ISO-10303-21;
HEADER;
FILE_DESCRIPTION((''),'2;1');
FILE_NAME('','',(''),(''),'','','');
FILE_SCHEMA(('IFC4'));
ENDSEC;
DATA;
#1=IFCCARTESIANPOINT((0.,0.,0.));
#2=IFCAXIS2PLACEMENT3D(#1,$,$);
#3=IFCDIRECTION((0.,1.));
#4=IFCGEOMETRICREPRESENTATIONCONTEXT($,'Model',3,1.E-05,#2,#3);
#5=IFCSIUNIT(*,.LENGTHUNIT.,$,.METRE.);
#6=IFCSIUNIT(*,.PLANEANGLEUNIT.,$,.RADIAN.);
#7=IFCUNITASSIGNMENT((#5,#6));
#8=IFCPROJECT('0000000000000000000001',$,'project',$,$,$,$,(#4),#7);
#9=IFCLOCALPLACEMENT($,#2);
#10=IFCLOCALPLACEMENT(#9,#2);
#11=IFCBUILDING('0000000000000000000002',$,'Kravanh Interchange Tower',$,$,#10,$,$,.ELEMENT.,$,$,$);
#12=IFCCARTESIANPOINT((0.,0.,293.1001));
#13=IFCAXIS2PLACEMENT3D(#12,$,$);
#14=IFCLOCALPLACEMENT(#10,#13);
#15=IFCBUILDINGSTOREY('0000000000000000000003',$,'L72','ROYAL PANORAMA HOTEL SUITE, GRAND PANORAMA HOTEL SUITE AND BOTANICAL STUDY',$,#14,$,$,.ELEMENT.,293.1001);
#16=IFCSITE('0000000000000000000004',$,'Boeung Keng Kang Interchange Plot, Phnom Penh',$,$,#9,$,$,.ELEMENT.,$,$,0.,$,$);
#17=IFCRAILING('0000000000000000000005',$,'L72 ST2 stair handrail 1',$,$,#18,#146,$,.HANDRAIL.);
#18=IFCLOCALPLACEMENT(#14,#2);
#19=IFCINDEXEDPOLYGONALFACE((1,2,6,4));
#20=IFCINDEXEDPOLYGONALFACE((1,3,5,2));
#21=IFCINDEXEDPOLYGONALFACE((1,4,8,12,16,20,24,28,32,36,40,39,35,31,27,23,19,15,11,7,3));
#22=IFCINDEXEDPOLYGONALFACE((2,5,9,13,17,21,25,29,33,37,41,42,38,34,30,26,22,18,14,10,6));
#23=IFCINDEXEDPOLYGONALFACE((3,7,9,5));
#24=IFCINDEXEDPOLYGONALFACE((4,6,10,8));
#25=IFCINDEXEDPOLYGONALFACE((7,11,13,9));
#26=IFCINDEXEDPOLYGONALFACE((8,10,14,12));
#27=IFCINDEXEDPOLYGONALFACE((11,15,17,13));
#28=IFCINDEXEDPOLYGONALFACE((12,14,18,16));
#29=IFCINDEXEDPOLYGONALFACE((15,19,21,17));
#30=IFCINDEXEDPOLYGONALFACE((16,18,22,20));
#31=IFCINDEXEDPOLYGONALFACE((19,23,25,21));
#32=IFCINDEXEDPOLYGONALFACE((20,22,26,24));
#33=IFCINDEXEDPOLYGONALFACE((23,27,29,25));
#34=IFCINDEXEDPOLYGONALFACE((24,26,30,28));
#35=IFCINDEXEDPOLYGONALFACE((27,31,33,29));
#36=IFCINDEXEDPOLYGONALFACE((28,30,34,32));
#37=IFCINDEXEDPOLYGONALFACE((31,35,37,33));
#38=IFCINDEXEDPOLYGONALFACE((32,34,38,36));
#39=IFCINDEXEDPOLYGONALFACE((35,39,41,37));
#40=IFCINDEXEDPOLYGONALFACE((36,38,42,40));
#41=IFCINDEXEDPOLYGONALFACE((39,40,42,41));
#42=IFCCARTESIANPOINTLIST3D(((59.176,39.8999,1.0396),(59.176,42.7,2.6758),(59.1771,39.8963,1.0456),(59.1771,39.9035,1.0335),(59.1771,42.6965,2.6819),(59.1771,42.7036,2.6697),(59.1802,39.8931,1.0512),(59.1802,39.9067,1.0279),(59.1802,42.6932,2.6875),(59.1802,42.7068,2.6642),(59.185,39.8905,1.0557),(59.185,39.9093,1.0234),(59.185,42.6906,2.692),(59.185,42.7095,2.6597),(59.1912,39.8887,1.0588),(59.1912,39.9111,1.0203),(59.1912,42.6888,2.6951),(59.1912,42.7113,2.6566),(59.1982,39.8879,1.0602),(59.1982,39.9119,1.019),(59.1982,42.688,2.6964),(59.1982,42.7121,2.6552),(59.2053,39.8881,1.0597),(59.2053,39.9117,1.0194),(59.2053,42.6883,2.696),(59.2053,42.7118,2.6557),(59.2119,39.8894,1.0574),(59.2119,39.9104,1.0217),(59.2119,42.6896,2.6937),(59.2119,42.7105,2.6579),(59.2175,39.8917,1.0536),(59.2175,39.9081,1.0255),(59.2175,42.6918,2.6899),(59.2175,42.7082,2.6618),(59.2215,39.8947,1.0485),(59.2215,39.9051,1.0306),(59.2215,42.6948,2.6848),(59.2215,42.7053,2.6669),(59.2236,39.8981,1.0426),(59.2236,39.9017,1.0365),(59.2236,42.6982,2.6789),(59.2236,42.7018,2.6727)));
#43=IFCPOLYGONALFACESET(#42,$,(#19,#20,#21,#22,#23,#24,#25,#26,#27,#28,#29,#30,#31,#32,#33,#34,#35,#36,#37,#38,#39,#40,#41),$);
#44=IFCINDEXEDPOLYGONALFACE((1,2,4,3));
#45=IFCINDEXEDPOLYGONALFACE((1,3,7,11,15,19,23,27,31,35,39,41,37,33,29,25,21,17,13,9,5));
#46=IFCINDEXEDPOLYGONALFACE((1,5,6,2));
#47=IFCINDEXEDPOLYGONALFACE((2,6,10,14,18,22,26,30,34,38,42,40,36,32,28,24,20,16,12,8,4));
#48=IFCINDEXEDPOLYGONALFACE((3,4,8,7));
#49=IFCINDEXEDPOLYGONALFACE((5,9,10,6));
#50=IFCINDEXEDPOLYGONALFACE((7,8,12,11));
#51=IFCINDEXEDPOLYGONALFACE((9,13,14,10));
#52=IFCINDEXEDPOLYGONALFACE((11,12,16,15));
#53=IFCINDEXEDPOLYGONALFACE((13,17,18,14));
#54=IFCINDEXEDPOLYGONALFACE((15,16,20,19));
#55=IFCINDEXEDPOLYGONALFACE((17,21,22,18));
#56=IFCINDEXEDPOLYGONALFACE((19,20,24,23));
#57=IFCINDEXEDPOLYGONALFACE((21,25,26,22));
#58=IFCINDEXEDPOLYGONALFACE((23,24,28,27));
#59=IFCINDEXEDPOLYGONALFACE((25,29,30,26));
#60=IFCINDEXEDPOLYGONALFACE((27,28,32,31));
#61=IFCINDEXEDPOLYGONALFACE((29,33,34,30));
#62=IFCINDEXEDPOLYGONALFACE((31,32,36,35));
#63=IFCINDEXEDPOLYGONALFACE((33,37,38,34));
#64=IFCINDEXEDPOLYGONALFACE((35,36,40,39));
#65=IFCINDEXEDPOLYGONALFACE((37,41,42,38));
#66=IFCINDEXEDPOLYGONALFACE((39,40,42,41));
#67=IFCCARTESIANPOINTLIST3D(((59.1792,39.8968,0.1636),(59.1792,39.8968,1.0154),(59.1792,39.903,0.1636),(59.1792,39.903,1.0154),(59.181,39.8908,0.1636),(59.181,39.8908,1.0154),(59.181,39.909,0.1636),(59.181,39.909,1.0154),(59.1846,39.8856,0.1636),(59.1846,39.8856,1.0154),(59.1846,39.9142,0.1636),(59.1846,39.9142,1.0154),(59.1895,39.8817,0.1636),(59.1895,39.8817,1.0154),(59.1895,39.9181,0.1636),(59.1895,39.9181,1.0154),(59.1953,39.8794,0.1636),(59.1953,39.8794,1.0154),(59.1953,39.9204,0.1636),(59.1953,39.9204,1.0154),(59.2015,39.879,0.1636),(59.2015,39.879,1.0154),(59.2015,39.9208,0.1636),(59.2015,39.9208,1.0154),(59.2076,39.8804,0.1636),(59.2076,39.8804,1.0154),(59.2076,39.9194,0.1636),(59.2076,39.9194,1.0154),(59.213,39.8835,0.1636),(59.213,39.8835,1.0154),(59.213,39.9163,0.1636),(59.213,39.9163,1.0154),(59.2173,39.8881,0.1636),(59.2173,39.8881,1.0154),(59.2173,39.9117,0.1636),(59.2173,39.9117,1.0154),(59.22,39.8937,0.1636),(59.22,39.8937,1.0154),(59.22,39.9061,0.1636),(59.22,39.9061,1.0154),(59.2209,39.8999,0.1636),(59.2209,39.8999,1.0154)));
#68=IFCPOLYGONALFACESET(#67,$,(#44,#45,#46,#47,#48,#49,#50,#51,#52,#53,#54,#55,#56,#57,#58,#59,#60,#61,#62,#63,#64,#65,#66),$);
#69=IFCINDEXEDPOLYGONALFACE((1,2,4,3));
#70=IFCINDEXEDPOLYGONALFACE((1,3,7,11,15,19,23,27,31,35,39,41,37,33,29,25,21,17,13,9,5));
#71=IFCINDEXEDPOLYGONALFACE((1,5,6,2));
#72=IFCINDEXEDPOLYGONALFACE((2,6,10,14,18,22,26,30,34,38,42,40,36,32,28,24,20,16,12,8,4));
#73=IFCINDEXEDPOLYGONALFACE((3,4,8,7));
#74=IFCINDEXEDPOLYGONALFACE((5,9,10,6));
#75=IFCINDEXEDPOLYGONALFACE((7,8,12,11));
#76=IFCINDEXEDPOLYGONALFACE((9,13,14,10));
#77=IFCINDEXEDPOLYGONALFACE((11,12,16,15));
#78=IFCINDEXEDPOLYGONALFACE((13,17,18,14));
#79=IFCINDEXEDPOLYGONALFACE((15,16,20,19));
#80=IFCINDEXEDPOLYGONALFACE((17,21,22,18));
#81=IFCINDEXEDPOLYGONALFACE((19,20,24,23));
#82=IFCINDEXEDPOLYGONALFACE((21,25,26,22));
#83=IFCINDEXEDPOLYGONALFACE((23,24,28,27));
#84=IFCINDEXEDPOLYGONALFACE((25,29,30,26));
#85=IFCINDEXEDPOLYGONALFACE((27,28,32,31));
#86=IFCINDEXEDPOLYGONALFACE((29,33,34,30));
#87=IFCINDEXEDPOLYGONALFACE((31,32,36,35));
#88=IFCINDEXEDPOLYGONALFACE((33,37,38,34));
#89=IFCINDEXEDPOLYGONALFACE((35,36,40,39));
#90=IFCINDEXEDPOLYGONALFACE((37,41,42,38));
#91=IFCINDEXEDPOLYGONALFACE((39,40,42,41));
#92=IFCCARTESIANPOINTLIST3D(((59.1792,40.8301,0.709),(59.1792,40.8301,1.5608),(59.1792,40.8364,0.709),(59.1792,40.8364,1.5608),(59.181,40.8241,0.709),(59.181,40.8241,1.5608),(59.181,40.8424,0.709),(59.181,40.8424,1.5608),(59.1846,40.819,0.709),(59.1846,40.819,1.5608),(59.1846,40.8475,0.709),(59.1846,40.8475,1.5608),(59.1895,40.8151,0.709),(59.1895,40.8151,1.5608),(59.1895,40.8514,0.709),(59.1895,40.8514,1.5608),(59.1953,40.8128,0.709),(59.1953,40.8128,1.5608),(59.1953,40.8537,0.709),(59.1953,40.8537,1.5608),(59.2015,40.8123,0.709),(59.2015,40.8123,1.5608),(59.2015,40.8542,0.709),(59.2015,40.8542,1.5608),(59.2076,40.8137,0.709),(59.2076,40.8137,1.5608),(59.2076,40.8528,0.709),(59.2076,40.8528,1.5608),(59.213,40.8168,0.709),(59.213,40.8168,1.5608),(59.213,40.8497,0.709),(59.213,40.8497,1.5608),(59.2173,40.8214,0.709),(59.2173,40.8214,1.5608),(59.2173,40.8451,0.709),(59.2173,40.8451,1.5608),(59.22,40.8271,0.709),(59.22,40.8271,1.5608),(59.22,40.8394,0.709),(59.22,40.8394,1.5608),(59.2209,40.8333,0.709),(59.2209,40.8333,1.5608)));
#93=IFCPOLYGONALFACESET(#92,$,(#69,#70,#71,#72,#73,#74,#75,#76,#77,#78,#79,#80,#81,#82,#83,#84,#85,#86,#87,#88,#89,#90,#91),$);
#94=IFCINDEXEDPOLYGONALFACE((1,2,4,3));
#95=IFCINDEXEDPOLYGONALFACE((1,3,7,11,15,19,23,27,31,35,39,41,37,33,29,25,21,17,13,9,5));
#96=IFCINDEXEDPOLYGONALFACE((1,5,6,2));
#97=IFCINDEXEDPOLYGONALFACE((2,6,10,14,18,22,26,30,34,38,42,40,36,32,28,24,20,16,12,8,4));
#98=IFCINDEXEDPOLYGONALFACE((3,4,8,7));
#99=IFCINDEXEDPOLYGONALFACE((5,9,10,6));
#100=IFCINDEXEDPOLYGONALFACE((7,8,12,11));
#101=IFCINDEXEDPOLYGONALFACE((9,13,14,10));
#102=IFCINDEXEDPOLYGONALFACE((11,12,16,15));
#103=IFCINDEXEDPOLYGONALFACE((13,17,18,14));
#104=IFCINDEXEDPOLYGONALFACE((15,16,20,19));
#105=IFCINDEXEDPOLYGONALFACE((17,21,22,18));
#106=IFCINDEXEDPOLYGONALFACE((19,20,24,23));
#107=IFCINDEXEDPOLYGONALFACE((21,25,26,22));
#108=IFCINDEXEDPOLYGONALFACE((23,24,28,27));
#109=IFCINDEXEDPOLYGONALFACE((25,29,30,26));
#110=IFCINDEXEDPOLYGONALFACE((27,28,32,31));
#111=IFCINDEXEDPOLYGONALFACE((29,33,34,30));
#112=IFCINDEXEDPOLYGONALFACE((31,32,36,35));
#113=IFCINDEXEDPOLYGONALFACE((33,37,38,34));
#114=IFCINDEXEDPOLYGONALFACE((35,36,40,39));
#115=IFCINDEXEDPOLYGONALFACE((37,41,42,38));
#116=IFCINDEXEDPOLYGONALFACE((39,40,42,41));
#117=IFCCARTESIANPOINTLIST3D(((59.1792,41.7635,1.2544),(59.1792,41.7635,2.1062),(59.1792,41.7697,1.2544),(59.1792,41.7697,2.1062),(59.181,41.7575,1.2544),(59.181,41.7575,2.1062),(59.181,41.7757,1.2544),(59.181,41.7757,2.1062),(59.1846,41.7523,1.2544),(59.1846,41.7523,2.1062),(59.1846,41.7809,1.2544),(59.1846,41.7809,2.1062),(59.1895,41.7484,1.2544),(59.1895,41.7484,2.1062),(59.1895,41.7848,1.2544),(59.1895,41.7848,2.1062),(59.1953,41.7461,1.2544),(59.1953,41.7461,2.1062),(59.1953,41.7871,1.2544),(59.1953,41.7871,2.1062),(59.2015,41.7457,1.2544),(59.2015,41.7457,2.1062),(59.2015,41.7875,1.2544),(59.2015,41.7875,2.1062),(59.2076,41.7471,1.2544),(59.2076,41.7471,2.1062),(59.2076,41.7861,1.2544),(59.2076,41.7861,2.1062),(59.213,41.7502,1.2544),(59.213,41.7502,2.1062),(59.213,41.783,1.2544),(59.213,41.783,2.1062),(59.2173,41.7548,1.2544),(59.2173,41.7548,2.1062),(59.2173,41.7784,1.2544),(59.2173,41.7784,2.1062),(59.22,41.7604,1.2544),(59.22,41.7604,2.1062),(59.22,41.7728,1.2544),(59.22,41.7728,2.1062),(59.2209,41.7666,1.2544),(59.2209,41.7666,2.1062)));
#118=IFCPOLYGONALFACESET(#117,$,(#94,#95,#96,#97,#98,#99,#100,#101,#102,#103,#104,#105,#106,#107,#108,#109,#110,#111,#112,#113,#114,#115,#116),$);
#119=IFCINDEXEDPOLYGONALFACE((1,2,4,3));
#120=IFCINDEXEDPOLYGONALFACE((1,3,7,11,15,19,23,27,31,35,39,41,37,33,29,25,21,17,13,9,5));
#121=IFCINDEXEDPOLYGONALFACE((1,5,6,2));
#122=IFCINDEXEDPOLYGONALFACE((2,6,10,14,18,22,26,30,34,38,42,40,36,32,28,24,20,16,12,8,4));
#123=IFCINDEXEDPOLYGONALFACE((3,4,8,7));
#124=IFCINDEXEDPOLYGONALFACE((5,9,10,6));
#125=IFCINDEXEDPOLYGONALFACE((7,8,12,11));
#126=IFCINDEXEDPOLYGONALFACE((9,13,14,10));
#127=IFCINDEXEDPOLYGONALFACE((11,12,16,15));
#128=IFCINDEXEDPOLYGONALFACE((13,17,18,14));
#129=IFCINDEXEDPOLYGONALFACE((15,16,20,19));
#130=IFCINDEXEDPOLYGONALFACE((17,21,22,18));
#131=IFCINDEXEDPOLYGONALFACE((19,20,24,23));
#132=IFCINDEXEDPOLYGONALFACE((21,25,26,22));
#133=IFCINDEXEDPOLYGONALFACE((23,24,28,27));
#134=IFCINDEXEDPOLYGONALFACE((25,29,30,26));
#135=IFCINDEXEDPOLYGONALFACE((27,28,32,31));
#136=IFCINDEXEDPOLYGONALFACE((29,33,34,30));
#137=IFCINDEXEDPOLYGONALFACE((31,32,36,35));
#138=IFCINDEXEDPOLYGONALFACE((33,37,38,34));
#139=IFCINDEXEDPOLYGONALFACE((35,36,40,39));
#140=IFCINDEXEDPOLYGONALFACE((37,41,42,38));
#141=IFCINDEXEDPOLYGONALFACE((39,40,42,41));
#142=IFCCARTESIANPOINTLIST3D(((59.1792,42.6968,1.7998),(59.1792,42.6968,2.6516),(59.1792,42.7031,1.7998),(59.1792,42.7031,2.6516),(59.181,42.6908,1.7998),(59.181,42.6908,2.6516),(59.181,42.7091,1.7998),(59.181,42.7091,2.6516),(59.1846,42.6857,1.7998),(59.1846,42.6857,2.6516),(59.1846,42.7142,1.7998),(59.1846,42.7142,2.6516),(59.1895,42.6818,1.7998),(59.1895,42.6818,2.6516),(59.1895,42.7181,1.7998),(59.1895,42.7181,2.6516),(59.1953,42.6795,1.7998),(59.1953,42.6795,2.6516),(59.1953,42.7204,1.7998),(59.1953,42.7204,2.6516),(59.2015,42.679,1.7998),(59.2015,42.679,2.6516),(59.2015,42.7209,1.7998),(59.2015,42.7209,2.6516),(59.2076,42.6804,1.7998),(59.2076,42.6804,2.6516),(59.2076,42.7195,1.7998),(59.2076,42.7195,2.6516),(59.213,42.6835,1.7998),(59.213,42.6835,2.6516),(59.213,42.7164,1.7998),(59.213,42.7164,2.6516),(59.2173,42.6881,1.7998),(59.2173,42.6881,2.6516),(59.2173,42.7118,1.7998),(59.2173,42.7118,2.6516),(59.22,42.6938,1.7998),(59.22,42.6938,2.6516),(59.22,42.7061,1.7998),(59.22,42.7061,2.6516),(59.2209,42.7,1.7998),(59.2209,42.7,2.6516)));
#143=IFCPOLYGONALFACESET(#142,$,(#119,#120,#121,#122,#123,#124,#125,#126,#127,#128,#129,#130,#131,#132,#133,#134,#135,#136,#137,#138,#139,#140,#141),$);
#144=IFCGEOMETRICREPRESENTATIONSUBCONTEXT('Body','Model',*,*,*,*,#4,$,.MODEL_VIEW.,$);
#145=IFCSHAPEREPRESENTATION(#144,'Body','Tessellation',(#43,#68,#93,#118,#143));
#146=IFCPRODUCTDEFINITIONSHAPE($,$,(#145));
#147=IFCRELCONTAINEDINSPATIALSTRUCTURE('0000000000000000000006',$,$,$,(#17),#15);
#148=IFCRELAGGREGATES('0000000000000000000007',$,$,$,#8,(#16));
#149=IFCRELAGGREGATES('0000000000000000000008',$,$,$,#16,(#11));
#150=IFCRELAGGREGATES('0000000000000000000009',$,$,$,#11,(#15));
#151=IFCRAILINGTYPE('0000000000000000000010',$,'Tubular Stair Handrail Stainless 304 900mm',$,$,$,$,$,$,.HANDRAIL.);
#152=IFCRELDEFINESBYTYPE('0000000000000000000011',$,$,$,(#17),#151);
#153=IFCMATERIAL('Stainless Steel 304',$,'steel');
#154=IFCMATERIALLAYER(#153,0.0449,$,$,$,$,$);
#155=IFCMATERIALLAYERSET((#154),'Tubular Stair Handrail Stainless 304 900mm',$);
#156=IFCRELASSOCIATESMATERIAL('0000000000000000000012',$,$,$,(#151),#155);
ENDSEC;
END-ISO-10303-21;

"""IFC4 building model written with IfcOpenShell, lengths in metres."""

from ifc_helpers import new_model, si_unit, direction, frame, origin, origin_2d, place, context, subcontext, project, spatial, circle, extrude, material, layer, layer_set, type_object, element, save


model = new_model("IFC4")

# Units and contexts
model_context = context("Model", 3, precision=1e-05, world=origin(), true_north=direction((0.0, 1.0)))
body_context = subcontext(model_context, "Body", "Model", "MODEL_VIEW")
ifc_project = project(units=[si_unit("LENGTHUNIT", "METRE"), si_unit("PLANEANGLEUNIT", "RADIAN")], contexts=[model_context])

# Site, building, storey
site_placement = place(None, origin())
site = spatial("IfcSite", under=ifc_project, at=site_placement, Name="Boeung Keng Kang Interchange Plot, Phnom Penh", CompositionType="ELEMENT", RefElevation=0.0)
building_placement = place(site_placement, origin())
building = spatial("IfcBuilding", under=site, at=building_placement, Name="Kravanh Interchange Tower", CompositionType="ELEMENT")
storey_placement = place(building_placement, frame((0.0, 0.0, 293.1001)))
storey = spatial("IfcBuildingStorey", under=building, at=storey_placement, Name="L72", Description="ROYAL PANORAMA HOTEL SUITE, GRAND PANORAMA HOTEL SUITE AND BOTANICAL STUDY", CompositionType="ELEMENT", Elevation=293.1001)

# Railing
ifc_material_1 = material(Name="Stainless Steel 304", Category="steel")
ifc_layer_1 = layer(ifc_material_1, 0.0449)
ifc_layer_set_1 = layer_set([ifc_layer_1], Name="Tubular Stair Handrail Stainless 304 900mm")
railing_type_1 = type_object("IfcRailingType", Name="Tubular Stair Handrail Stainless 304 900mm", PredefinedType="HANDRAIL", material=ifc_layer_set_1)
railing_1_placement = place(storey_placement, frame((59.2, 39.8999, 0.1636)))
element("IfcRailing", 1, at=railing_1_placement, inside=storey, type_object=railing_type_1, Name="L72 ST2 stair handrail 1", PredefinedType="HANDRAIL", context=body_context, shape_type="SweptSolid", body=[
    extrude(circle(Radius=0.0239, at=origin_2d()), frame((0.0, 0.0, 0.876), z_axis=(0.0, 0.863394, 0.504531), x_axis=(-1.0, 0.0, 0.0)), (0.0, 0.0, 1.0), 3.2432),
    extrude(circle(Radius=0.021, at=origin_2d()), origin(), (0.0, 0.0, 1.0), 0.8518),
    extrude(circle(Radius=0.021, at=origin_2d()), frame((0.0, 0.9333, 0.5454)), (0.0, 0.0, 1.0), 0.8518),
    extrude(circle(Radius=0.021, at=origin_2d()), frame((0.0, 1.8667, 1.0908)), (0.0, 0.0, 1.0), 0.8518),
    extrude(circle(Radius=0.021, at=origin_2d()), frame((0.0, 2.8, 1.6362)), (0.0, 0.0, 1.0), 0.8518),
])

save(model, "model.ifc")
